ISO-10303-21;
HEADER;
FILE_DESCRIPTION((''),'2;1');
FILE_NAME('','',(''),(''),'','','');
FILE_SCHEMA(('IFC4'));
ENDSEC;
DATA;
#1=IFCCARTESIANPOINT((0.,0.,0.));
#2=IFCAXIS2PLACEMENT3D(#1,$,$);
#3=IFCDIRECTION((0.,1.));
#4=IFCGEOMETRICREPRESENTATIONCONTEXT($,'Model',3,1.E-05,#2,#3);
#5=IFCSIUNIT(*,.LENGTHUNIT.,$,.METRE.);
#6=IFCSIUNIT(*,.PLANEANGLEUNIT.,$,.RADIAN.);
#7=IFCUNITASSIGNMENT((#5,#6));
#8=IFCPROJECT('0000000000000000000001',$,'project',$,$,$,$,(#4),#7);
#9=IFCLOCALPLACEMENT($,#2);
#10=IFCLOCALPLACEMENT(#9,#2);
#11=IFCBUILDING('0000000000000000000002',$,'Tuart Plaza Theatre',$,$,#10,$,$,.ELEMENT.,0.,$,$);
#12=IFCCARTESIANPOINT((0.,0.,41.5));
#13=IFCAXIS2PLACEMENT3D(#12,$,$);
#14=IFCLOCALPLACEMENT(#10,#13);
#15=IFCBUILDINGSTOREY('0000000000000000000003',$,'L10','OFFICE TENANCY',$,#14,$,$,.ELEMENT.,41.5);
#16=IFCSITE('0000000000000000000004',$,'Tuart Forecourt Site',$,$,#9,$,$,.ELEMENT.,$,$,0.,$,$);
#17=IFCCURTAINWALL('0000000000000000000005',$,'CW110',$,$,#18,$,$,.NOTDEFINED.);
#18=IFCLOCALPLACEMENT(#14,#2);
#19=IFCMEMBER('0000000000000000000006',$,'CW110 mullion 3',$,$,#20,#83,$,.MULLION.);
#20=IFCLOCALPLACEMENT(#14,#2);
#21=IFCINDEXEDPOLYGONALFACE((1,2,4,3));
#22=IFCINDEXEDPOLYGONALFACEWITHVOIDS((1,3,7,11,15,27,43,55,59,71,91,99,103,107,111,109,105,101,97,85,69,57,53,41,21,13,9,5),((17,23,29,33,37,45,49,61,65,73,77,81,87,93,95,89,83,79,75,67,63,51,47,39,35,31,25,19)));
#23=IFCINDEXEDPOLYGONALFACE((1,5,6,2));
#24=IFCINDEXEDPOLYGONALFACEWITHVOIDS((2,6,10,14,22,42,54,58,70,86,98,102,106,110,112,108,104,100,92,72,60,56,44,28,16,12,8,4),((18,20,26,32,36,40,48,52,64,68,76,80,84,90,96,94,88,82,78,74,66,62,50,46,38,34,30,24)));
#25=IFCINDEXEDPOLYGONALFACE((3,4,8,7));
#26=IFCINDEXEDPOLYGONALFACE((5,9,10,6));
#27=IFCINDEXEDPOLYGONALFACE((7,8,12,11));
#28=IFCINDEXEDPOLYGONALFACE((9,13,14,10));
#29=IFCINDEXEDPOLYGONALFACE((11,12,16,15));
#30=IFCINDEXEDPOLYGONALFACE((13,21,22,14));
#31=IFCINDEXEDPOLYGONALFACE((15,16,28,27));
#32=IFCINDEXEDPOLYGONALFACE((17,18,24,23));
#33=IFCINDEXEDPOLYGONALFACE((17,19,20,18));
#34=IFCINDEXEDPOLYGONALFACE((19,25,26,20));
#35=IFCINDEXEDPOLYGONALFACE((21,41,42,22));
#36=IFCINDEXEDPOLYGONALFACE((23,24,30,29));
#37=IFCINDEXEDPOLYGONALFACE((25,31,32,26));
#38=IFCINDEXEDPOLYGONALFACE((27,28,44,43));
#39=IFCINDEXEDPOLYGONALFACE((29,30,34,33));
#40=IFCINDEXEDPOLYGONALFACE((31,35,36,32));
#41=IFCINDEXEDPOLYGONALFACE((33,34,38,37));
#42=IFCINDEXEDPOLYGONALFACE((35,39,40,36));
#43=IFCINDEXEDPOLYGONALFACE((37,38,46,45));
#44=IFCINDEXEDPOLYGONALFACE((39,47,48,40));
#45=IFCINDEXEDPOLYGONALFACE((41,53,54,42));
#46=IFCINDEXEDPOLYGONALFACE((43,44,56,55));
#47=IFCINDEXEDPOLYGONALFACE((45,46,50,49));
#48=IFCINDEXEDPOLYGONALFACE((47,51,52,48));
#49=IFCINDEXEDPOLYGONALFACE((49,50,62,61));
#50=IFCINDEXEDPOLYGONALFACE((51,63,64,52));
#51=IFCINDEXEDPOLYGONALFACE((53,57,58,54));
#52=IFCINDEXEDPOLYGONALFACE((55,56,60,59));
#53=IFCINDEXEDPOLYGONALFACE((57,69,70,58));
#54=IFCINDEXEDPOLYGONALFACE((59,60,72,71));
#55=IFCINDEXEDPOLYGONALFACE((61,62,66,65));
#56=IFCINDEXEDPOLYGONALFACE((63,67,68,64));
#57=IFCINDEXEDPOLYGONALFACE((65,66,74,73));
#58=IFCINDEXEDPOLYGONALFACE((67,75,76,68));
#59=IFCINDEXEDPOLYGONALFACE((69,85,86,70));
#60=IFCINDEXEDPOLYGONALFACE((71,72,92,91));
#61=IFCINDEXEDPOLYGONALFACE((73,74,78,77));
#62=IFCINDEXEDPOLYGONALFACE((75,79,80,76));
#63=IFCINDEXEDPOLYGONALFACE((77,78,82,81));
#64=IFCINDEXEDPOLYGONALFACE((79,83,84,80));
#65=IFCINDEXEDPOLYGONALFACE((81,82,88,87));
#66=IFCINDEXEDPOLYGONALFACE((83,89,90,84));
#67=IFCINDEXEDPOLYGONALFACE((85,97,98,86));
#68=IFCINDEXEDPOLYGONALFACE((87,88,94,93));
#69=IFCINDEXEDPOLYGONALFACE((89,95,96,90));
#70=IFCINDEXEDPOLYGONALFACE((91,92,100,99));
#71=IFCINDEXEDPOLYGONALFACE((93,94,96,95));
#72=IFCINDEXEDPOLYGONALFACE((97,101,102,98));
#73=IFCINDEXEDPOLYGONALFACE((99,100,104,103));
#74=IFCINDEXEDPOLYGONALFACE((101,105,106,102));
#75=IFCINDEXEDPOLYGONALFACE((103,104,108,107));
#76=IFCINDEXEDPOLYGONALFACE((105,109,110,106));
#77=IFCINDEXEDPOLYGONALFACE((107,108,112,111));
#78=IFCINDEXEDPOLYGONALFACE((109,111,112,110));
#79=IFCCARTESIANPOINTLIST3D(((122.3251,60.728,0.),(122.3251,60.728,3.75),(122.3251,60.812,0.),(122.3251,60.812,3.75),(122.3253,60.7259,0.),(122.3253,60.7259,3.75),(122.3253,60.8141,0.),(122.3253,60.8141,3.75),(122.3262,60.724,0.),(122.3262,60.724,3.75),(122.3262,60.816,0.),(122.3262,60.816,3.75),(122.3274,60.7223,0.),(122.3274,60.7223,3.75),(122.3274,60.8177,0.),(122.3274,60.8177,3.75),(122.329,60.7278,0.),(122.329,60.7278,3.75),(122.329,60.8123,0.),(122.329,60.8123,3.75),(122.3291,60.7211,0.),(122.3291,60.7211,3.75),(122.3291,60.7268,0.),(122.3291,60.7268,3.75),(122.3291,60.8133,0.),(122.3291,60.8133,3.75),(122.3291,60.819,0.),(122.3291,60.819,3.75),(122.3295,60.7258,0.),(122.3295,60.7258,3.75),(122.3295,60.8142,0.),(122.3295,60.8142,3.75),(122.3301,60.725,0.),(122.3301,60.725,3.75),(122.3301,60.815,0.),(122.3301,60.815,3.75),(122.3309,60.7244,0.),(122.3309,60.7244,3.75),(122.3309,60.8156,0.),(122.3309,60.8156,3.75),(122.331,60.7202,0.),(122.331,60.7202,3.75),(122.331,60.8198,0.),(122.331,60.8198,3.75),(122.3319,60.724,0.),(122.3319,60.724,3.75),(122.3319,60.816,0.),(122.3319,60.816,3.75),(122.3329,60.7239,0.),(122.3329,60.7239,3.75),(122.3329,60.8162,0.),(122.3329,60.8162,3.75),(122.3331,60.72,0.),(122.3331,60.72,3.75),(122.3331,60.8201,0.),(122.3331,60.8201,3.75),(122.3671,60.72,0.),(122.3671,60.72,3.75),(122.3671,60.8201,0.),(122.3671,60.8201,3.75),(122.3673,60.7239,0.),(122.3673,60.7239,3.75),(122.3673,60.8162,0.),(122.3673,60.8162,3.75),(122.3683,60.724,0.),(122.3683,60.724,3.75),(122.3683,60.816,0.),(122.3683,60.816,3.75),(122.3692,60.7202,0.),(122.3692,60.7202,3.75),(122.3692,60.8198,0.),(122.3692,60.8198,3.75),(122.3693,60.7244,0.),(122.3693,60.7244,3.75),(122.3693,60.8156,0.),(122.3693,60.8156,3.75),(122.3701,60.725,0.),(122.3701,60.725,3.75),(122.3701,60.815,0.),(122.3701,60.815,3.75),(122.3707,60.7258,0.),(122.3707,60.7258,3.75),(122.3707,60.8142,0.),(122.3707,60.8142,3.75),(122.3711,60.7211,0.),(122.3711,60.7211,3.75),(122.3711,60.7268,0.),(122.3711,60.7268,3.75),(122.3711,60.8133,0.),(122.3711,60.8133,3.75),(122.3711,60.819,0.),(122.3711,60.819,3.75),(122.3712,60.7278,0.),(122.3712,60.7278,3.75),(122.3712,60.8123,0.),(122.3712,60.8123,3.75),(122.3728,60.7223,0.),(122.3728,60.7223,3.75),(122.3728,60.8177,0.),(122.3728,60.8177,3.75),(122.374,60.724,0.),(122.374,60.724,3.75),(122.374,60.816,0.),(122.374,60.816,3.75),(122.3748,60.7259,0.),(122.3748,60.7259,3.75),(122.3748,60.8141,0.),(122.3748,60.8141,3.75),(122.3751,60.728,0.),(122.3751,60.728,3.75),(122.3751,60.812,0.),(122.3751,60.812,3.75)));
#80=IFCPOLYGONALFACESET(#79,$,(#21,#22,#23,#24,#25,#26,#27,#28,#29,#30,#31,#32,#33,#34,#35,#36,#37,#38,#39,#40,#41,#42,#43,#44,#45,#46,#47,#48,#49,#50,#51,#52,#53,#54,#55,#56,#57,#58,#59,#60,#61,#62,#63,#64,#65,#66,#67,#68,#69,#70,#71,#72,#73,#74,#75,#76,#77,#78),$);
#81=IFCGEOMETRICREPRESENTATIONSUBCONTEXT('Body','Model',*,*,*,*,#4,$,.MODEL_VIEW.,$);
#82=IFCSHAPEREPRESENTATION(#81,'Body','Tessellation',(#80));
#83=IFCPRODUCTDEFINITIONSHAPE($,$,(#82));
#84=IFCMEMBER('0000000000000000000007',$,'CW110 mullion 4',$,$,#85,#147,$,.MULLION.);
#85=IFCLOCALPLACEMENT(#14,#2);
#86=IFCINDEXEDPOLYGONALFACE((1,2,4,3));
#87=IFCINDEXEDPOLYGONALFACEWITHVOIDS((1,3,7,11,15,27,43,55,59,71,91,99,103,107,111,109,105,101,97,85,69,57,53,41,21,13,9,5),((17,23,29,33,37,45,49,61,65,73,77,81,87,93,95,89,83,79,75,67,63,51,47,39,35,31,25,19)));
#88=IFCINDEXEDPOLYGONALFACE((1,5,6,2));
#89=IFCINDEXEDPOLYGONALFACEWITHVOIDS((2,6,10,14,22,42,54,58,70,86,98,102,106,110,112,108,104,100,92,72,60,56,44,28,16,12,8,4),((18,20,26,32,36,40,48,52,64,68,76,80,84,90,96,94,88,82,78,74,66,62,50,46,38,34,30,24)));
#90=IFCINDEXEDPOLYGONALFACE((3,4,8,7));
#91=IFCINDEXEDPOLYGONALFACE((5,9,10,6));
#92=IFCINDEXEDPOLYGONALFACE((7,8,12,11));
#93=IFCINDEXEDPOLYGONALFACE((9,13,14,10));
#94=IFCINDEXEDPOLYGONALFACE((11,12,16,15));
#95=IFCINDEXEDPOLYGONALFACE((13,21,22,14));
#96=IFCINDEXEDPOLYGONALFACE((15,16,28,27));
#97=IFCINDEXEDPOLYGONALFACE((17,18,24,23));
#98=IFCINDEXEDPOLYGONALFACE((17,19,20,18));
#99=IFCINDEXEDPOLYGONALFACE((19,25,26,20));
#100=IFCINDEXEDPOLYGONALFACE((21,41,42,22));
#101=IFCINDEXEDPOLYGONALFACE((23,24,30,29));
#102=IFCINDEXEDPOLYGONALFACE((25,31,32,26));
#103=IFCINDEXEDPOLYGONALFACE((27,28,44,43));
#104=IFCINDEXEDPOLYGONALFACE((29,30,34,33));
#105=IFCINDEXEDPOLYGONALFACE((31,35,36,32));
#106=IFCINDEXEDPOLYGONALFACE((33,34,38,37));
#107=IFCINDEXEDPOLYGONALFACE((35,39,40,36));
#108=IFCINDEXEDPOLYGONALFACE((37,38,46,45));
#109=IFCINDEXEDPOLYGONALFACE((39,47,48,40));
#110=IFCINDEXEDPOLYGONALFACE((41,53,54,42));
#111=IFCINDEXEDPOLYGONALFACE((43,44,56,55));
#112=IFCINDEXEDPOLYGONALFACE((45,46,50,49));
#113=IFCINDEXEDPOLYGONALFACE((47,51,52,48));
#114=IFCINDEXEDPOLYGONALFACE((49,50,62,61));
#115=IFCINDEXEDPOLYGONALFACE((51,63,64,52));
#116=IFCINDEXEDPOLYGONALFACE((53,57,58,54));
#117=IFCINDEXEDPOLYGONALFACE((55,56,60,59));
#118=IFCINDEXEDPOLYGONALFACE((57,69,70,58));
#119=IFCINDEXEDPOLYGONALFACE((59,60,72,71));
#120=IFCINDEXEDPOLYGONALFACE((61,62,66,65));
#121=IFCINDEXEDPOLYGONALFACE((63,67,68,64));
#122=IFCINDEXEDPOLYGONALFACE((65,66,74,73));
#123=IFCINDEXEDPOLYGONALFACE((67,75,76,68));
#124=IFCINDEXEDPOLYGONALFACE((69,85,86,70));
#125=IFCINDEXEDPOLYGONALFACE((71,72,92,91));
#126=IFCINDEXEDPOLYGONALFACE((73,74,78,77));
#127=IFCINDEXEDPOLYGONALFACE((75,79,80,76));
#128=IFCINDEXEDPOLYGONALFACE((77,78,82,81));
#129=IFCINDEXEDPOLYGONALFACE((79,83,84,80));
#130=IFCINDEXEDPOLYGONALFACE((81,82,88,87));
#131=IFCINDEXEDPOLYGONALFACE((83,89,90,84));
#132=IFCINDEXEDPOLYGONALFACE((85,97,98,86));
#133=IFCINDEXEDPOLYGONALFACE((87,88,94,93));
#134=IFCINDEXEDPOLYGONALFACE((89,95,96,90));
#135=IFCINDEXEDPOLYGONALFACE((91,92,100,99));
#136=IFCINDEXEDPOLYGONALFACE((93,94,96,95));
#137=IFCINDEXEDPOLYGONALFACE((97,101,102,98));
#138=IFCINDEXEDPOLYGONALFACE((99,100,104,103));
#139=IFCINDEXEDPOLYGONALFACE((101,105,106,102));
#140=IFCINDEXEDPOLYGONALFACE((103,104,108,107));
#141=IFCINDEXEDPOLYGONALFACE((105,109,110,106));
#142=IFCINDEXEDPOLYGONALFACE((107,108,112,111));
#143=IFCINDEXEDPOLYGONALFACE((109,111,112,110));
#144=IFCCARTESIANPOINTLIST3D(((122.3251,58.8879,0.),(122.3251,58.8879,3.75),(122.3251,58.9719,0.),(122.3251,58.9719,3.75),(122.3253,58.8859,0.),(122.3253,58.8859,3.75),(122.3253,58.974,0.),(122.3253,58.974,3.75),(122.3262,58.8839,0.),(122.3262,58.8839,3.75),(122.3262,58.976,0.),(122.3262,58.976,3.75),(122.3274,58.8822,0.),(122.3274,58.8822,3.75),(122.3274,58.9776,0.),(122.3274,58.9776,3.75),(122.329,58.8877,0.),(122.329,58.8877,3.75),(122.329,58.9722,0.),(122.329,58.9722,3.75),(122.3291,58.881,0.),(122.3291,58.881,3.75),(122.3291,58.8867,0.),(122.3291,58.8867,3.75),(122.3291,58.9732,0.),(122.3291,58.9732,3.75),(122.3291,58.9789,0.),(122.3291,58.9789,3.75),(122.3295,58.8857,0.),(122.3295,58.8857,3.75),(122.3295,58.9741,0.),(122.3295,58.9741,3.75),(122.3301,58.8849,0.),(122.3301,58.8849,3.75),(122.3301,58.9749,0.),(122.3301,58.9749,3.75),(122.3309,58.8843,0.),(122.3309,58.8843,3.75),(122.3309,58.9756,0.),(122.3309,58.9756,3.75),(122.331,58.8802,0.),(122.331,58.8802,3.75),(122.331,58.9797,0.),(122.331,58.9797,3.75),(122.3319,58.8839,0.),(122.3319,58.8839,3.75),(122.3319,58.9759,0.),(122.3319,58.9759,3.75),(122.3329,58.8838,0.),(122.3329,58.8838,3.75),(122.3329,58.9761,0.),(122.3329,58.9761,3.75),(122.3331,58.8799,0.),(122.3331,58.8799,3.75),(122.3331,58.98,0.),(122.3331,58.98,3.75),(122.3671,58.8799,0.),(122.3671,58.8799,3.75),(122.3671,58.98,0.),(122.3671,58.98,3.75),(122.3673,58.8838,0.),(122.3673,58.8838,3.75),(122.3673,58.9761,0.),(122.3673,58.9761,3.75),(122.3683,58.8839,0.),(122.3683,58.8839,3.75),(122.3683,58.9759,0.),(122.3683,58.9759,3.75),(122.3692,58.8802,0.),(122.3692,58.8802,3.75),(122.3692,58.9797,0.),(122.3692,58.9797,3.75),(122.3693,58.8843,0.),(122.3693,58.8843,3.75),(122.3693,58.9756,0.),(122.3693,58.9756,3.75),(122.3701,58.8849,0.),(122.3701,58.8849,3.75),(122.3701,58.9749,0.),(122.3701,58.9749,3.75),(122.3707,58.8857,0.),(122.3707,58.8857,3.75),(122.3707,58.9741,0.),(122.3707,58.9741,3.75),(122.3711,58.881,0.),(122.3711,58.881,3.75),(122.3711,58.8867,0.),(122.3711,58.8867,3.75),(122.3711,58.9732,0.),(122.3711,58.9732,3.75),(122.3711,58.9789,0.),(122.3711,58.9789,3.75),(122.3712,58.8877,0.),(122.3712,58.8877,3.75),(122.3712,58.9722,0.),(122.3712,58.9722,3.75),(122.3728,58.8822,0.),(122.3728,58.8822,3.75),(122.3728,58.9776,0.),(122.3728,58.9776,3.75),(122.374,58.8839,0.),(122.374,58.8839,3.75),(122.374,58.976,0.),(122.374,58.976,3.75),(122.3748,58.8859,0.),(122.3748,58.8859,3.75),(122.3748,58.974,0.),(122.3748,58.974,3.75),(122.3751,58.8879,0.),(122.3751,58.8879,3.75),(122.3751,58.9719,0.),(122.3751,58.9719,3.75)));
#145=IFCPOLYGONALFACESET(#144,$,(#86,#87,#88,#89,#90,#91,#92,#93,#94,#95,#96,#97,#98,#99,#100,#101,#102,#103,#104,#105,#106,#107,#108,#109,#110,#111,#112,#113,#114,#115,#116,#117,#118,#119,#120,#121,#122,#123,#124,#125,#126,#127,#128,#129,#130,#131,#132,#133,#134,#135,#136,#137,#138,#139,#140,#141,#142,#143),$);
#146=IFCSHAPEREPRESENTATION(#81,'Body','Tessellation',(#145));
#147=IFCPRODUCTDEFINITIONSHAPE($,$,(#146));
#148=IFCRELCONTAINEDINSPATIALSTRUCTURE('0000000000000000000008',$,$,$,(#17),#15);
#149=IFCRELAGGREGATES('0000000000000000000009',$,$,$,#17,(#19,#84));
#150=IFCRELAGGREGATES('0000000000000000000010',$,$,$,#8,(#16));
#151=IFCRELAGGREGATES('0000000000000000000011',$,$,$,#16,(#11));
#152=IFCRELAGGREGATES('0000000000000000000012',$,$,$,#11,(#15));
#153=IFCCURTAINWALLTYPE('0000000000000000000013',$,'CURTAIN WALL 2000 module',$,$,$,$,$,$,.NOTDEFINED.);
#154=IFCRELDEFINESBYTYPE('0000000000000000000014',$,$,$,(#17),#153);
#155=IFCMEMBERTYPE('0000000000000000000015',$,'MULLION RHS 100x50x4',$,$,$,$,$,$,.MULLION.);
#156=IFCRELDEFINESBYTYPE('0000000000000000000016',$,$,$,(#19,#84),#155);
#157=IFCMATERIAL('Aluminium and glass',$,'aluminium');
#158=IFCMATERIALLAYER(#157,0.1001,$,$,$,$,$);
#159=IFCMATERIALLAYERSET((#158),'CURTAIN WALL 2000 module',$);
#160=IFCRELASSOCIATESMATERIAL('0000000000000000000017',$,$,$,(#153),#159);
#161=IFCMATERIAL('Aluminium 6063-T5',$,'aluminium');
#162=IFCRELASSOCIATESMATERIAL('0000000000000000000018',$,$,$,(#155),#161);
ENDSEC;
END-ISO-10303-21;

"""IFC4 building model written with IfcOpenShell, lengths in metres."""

from ifc_helpers import new_model, si_unit, direction, frame, origin, origin_2d, place, context, subcontext, project, spatial, hollow_rectangle, extrude, material, layer, layer_set, material_profile, profile_set, type_object, element, aggregate, save


model = new_model("IFC4")

# Units and contexts
model_context = context("Model", 3, precision=1e-05, world=origin(), true_north=direction((0.0, 1.0)))
body_context = subcontext(model_context, "Body", "Model", "MODEL_VIEW")
ifc_project = project(units=[si_unit("LENGTHUNIT", "METRE"), si_unit("PLANEANGLEUNIT", "RADIAN")], contexts=[model_context])

# Site, building, storey
site_placement = place(None, origin())
site = spatial("IfcSite", under=ifc_project, at=site_placement, Name="Tuart Forecourt Site", CompositionType="ELEMENT", RefElevation=0.0)
building_placement = place(site_placement, origin())
building = spatial("IfcBuilding", under=site, at=building_placement, Name="Tuart Plaza Theatre", CompositionType="ELEMENT", ElevationOfRefHeight=0.0)
storey_placement = place(building_placement, frame((0.0, 0.0, 41.5)))
storey = spatial("IfcBuildingStorey", under=building, at=storey_placement, Name="L10", Description="OFFICE TENANCY", CompositionType="ELEMENT", Elevation=41.5)

# Curtain wall, members
ifc_material_1 = material(Name="Aluminium and glass", Category="aluminium")
ifc_layer_1 = layer(ifc_material_1, 0.1001)
ifc_layer_set_1 = layer_set([ifc_layer_1], Name="CURTAIN WALL 2000 module")
curtain_wall_type = type_object("IfcCurtainWallType", Name="CURTAIN WALL 2000 module", PredefinedType="NOTDEFINED", material=ifc_layer_set_1)
curtain_wall_placement = place(storey_placement, origin())
curtain_wall = element("IfcCurtainWall", 1, at=curtain_wall_placement, inside=storey, type_object=curtain_wall_type, Name="CW110", PredefinedType="NOTDEFINED")
ifc_material_2 = material(Name="Aluminium 6063-T5", Category="aluminium")
ifc_material_profile_1 = material_profile(ifc_material_2, hollow_rectangle(XDim=0.05, YDim=0.1001, WallThickness=0.0039, InnerFilletRadius=0.0039, OuterFilletRadius=0.0081, at=origin_2d()), Name="RHS 100x50x4")
ifc_profile_set_1 = profile_set([ifc_material_profile_1], Name="Aluminium 6063-T5")
member_type_1 = type_object("IfcMemberType", Name="MULLION RHS 100x50x4", PredefinedType="MULLION", material=ifc_profile_set_1)
member_1_placement = place(storey_placement, frame((122.3501, 60.77, 0.0), z_axis=(0.0, 0.0, 1.0), x_axis=(1.0, 0.0, 0.0)))
member_1 = element("IfcMember", 2, at=member_1_placement, type_object=member_type_1, Name="CW110 mullion 3", PredefinedType="MULLION", context=body_context, shape_type="SweptSolid", body=[
    extrude(hollow_rectangle(XDim=0.05, YDim=0.1001, WallThickness=0.0039, InnerFilletRadius=0.0039, OuterFilletRadius=0.0081, at=origin_2d()), origin(), (0.0, 0.0, 1.0), 3.75),
])
member_2_placement = place(storey_placement, frame((122.3501, 58.9299, 0.0), z_axis=(0.0, 0.0, 1.0), x_axis=(1.0, 0.0, 0.0)))
member_2 = element("IfcMember", 3, at=member_2_placement, type_object=member_type_1, Name="CW110 mullion 4", PredefinedType="MULLION", context=body_context, shape_type="SweptSolid", body=[
    extrude(hollow_rectangle(XDim=0.05, YDim=0.1001, WallThickness=0.0039, InnerFilletRadius=0.0039, OuterFilletRadius=0.0081, at=origin_2d()), origin(), (0.0, 0.0, 1.0), 3.75),
])
aggregate(curtain_wall, [member_1, member_2])

save(model, "model.ifc")
